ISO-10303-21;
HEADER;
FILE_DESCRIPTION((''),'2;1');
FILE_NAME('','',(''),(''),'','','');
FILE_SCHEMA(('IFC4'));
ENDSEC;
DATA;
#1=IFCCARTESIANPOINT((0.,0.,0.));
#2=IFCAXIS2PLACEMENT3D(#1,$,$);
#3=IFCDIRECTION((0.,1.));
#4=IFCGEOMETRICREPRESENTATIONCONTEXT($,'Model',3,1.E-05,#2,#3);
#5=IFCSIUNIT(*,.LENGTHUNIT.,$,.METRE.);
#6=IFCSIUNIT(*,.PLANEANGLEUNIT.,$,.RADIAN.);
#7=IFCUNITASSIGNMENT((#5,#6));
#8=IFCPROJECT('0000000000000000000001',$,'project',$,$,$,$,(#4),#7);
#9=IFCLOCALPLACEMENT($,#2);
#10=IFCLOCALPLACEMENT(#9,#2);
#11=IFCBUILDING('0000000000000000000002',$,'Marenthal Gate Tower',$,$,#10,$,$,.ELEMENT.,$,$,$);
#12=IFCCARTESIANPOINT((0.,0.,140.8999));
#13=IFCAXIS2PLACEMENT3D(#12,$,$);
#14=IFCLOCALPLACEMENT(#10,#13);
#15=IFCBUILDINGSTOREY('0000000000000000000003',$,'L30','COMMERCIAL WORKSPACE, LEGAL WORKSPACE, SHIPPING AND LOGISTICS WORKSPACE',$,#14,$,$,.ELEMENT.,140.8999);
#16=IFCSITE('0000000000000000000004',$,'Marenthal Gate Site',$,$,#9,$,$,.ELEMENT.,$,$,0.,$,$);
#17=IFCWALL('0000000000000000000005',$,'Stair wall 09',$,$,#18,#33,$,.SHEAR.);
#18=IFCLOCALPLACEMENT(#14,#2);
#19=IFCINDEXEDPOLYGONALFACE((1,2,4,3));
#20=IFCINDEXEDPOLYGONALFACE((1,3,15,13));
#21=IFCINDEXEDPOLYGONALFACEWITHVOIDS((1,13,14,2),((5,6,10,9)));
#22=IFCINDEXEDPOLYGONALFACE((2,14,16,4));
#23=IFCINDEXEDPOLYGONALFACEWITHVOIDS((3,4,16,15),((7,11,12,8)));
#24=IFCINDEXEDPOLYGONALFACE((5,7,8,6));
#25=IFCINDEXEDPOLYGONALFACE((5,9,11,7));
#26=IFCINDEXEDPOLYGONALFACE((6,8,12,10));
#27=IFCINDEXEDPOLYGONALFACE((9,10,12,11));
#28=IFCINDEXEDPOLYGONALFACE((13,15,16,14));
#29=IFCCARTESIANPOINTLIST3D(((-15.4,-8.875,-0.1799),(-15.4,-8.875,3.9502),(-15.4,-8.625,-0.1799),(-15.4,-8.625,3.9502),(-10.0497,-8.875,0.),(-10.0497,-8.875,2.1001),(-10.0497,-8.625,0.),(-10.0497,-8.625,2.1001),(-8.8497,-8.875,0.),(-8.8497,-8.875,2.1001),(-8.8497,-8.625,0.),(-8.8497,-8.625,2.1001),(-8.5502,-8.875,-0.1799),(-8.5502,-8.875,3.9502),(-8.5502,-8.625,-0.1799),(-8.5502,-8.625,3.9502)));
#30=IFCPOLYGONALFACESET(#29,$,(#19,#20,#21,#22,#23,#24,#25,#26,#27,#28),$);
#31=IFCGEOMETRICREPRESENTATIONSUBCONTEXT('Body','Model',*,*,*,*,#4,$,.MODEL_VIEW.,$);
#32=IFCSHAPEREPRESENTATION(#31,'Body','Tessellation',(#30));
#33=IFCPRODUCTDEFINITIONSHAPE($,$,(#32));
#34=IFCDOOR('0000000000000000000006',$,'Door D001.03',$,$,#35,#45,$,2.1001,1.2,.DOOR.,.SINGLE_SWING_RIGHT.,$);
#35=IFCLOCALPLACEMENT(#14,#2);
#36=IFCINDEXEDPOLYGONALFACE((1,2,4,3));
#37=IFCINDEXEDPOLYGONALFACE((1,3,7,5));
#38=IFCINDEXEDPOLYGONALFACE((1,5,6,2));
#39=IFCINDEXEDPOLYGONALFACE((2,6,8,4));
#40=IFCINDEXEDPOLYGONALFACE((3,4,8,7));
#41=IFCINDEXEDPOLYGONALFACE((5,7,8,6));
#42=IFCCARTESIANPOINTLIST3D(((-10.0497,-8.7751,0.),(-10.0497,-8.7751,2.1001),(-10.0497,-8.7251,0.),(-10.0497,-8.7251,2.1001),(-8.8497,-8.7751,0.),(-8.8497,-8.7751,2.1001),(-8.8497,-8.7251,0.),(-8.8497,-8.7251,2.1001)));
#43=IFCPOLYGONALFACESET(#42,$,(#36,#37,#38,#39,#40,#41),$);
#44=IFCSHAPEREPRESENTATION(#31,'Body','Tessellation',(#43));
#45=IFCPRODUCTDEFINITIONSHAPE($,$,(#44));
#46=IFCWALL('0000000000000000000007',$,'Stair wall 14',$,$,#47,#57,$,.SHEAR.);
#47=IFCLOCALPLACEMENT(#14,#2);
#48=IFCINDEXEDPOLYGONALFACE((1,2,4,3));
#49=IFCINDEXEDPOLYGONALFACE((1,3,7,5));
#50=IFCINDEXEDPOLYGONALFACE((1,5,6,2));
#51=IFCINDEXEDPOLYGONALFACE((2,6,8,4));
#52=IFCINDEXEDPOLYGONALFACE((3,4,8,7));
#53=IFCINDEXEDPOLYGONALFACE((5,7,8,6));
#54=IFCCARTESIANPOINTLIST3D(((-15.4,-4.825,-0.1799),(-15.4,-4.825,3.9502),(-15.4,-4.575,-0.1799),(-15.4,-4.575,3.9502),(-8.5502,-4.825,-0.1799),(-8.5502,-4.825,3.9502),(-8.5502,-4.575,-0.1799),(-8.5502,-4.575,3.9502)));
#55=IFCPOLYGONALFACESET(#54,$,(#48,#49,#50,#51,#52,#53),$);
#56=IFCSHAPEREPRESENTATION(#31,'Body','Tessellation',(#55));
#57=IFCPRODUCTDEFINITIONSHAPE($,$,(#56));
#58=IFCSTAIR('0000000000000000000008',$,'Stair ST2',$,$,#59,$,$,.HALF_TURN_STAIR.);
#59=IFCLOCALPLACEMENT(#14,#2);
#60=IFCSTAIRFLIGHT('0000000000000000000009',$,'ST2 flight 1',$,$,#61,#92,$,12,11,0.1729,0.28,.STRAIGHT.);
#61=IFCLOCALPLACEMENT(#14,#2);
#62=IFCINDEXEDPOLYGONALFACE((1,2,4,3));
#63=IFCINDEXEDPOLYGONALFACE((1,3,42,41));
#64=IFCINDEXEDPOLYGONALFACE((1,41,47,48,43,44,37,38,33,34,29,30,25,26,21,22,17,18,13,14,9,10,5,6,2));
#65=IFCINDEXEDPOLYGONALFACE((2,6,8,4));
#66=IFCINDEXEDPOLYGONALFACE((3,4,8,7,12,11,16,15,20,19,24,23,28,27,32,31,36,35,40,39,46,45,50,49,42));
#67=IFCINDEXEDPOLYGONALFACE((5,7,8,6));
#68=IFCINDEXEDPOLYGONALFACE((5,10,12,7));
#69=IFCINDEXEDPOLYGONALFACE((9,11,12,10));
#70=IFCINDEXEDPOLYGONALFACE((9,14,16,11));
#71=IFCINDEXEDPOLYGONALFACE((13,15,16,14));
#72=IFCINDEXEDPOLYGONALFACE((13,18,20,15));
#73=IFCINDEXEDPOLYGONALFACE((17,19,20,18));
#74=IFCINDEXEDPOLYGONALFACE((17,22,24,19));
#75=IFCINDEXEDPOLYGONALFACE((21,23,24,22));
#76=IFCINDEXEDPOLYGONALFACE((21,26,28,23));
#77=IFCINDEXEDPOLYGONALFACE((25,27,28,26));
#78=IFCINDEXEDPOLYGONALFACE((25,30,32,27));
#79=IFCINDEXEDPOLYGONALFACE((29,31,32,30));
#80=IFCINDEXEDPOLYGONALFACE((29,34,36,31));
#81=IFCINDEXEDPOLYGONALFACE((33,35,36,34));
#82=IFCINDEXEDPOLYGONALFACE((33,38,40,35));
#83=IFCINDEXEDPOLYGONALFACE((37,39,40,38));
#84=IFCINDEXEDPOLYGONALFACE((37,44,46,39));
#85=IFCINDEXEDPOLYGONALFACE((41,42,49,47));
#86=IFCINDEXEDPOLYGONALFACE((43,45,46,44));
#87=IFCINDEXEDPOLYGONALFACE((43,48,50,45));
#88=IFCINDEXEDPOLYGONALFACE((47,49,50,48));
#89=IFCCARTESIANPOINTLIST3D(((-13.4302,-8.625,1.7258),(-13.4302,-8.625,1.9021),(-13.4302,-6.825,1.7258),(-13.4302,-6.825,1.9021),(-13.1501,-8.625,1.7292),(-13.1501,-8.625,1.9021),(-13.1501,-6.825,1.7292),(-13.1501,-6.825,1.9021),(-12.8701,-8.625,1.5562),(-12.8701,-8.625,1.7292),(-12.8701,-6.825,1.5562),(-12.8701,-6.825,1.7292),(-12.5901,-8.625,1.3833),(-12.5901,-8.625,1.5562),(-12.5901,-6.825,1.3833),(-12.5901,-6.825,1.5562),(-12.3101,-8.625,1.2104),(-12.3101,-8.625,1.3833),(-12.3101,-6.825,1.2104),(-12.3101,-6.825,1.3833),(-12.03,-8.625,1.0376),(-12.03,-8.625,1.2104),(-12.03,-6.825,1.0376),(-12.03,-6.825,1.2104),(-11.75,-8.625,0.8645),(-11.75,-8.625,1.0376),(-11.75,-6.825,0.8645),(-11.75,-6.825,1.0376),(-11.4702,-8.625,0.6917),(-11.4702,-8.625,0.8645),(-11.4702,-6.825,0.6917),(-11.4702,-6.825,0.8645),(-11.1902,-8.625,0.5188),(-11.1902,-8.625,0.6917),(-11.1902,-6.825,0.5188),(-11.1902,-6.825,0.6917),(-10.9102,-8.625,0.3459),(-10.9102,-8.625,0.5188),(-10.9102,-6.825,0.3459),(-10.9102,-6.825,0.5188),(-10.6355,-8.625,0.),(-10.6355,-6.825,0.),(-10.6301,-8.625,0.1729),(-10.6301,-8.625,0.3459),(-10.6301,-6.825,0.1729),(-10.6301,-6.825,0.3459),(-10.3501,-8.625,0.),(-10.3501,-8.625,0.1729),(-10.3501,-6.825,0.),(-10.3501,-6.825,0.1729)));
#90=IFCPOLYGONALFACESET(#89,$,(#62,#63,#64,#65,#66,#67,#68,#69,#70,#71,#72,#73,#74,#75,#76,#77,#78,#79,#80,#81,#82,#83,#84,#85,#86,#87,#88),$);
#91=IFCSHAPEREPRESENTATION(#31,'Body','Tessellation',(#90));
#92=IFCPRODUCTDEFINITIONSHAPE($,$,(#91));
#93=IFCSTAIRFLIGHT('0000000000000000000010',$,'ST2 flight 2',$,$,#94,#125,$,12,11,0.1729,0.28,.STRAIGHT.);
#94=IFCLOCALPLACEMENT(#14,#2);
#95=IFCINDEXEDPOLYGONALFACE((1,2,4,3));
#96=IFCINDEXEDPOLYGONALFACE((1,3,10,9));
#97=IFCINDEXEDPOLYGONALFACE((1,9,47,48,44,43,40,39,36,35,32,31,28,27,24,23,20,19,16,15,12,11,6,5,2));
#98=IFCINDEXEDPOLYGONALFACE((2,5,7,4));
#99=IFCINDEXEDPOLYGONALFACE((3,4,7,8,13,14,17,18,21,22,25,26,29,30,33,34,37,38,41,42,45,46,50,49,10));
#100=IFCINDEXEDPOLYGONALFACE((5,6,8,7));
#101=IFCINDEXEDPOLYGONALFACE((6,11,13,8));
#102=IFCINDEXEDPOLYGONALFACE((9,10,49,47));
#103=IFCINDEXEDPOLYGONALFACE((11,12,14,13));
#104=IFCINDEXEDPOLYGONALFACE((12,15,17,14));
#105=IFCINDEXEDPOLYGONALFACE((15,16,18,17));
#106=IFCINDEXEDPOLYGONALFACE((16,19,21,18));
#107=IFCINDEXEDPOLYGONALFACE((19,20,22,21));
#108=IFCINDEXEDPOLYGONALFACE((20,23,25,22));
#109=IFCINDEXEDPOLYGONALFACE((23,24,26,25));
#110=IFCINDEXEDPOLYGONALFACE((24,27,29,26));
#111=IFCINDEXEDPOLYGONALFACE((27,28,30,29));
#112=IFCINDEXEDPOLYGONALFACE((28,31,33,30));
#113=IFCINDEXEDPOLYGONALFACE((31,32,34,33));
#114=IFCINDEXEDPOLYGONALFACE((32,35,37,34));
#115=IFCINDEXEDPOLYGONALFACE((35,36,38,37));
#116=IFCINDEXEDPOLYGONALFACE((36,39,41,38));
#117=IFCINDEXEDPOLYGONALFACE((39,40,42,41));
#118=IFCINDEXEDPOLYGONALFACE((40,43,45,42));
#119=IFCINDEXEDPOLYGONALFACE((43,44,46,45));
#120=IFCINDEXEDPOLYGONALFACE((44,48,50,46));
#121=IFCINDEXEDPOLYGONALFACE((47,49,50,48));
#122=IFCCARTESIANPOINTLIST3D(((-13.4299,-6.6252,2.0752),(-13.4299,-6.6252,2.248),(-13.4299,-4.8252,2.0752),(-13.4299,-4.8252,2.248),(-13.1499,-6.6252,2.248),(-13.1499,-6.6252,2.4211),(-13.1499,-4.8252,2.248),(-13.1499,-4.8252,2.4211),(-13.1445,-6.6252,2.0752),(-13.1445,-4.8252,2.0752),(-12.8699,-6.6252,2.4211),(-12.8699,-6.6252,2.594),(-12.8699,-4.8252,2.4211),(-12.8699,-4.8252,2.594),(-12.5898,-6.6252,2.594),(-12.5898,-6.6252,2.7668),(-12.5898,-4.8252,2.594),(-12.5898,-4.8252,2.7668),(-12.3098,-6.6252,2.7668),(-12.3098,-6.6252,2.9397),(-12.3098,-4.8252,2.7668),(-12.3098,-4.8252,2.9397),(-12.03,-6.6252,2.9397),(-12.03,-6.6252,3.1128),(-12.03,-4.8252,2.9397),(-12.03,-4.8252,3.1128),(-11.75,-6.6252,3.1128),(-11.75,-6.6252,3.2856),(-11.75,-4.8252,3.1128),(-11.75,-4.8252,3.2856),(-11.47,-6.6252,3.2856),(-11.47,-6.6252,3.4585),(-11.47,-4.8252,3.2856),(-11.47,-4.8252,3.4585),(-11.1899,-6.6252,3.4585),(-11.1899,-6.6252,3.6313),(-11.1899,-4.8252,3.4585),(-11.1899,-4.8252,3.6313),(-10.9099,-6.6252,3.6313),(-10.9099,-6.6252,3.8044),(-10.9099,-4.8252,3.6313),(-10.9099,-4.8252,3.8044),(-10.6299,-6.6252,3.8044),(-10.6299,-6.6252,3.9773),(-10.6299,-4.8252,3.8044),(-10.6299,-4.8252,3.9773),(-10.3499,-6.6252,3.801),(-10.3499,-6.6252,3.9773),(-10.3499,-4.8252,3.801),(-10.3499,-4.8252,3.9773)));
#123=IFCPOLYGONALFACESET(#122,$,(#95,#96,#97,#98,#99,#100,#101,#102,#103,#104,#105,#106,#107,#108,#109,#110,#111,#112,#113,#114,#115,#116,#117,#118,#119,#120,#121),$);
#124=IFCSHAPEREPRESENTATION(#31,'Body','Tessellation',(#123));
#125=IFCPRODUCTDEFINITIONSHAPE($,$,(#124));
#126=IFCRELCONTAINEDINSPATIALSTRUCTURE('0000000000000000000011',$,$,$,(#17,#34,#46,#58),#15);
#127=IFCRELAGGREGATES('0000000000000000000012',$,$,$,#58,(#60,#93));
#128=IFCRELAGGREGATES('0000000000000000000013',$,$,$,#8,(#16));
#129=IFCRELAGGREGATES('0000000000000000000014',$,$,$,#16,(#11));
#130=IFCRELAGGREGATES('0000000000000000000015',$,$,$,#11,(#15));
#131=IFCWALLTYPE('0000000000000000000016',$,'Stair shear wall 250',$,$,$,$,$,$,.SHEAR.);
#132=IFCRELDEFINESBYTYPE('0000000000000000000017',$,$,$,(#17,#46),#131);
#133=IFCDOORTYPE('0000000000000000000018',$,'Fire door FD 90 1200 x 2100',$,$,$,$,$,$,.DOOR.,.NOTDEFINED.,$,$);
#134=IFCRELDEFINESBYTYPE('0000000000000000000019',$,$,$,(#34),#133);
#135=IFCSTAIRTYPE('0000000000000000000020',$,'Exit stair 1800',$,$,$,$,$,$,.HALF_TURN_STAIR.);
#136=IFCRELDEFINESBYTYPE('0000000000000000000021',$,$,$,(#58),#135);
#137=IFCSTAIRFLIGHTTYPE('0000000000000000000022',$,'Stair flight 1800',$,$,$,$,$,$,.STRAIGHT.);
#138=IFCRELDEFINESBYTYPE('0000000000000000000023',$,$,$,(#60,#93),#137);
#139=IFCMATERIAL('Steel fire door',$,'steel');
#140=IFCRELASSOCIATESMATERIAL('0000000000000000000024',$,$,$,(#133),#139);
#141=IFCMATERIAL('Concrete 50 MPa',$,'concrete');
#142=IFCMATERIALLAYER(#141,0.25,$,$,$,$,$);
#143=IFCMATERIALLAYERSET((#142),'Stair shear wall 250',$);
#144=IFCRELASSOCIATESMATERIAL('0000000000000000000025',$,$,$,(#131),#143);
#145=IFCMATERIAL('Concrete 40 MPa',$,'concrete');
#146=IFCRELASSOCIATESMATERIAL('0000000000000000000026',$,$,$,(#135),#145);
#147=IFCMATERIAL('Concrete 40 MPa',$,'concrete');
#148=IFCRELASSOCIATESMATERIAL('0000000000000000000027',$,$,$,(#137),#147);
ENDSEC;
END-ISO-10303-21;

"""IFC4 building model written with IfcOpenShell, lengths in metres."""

from ifc_helpers import new_model, si_unit, direction, frame, frame_2d, origin, place, context, subcontext, project, spatial, polyline, rectangle, outline, extrude, material, layer, layer_set, type_object, element, fill, aggregate, save


model = new_model("IFC4")

# Units and contexts
model_context = context("Model", 3, precision=1e-05, world=origin(), true_north=direction((0.0, 1.0)))
body_context = subcontext(model_context, "Body", "Model", "MODEL_VIEW")
ifc_project = project(units=[si_unit("LENGTHUNIT", "METRE"), si_unit("PLANEANGLEUNIT", "RADIAN")], contexts=[model_context])

# Site, building, storey
site_placement = place(None, origin())
site = spatial("IfcSite", under=ifc_project, at=site_placement, Name="Marenthal Gate Site", CompositionType="ELEMENT", RefElevation=0.0)
building_placement = place(site_placement, origin())
building = spatial("IfcBuilding", under=site, at=building_placement, Name="Marenthal Gate Tower", CompositionType="ELEMENT")
storey_placement = place(building_placement, frame((0.0, 0.0, 140.8999)))
storey = spatial("IfcBuildingStorey", under=building, at=storey_placement, Name="L30", Description="COMMERCIAL WORKSPACE, LEGAL WORKSPACE, SHIPPING AND LOGISTICS WORKSPACE", CompositionType="ELEMENT", Elevation=140.8999)

# Shared definitions
ifc_material_1 = material(Name="Steel fire door", Category="steel")
door_type_1 = type_object("IfcDoorType", Name="Fire door FD 90 1200 x 2100", OperationType="NOTDEFINED", PredefinedType="DOOR", material=ifc_material_1)

# Wall, opening, door
ifc_material_2 = material(Name="Concrete 50 MPa", Category="concrete")
ifc_layer_1 = layer(ifc_material_2, 0.25)
ifc_layer_set_1 = layer_set([ifc_layer_1], Name="Stair shear wall 250")
wall_type_1 = type_object("IfcWallType", Name="Stair shear wall 250", PredefinedType="SHEAR", material=ifc_layer_set_1)
wall_1_placement = place(storey_placement, frame((-15.3999, -8.75, -0.1799), z_axis=(0.0, 0.0, 1.0), x_axis=(1.0, 0.0, 0.0)))
wall_1 = element("IfcWall", 1, at=wall_1_placement, inside=storey, type_object=wall_type_1, Name="Stair wall 09", PredefinedType="SHEAR", context=body_context, shape_type="SweptSolid", body=[
    extrude(rectangle(XDim=6.8499, YDim=0.25, at=frame_2d((3.4248, 0.0))), origin(), (0.0, 0.0, 1.0), 4.1301),
])
opening_1_placement = place(wall_1_placement, frame((5.3501, 0.0, 0.1799)))
opening_1 = element("IfcOpeningElement", 2, at=opening_1_placement, cuts=wall_1, PredefinedType="OPENING", context=body_context, shape_type="SweptSolid", body=[
    extrude(rectangle(XDim=1.2, YDim=2.1001, at=frame_2d((0.6001, 1.05))), frame((0.0, 0.135, 0.0), z_axis=(0.0, -1.0, 0.0), x_axis=(1.0, 0.0, 0.0)), (0.0, 0.0, 1.0), 0.27),
])
door_1_placement = place(opening_1_placement, origin())
door_1 = element("IfcDoor", 3, at=door_1_placement, inside=storey, type_object=door_type_1, Name="Door D001.03", OperationType="SINGLE_SWING_RIGHT", OverallHeight=2.1001, OverallWidth=1.2, PredefinedType="DOOR", context=body_context, shape_type="SweptSolid", body=[
    extrude(rectangle(XDim=1.2, YDim=2.1001, at=frame_2d((0.6001, 1.05))), frame((0.0, 0.0249, 0.0), z_axis=(0.0, -1.0, 0.0), x_axis=(1.0, 0.0, 0.0)), (0.0, 0.0, 1.0), 0.05),
])
fill(opening_1, door_1)

# Wall
wall_2_placement = place(storey_placement, frame((-15.3999, -4.7, -0.1799), z_axis=(0.0, 0.0, 1.0), x_axis=(1.0, 0.0, 0.0)))
element("IfcWall", 4, at=wall_2_placement, inside=storey, type_object=wall_type_1, Name="Stair wall 14", PredefinedType="SHEAR", context=body_context, shape_type="SweptSolid", body=[
    extrude(rectangle(XDim=6.8499, YDim=0.25, at=frame_2d((3.4248, 0.0))), origin(), (0.0, 0.0, 1.0), 4.1301),
])

# Stair, stair flights
ifc_material_3 = material(Name="Concrete 40 MPa", Category="concrete")
stair_type = type_object("IfcStairType", Name="Exit stair 1800", PredefinedType="HALF_TURN_STAIR", material=ifc_material_3)
stair_placement = place(storey_placement, origin())
stair = element("IfcStair", 5, at=stair_placement, inside=storey, type_object=stair_type, Name="Stair ST2", PredefinedType="HALF_TURN_STAIR")
ifc_material_4 = material(Name="Concrete 40 MPa", Category="concrete")
stair_flight_type = type_object("IfcStairFlightType", Name="Stair flight 1800", PredefinedType="STRAIGHT", material=ifc_material_4)
stair_flight_1_placement = place(storey_placement, frame((-10.3501, -7.7251, 0.0), z_axis=(0.0, 0.0, 1.0), x_axis=(-1.0, 0.0, 0.0)))
stair_flight_1 = element("IfcStairFlight", 6, at=stair_flight_1_placement, type_object=stair_flight_type, Name="ST2 flight 1", NumberOfRisers=12, NumberOfTreads=11, PredefinedType="STRAIGHT", RiserHeight=0.1729, TreadLength=0.28, context=body_context, shape_type="SweptSolid", body=[
    extrude(outline(polyline([(0.0, 0.0), (0.0, 0.1729), (0.28, 0.1729), (0.28, 0.3459), (0.5601, 0.3459), (0.5601, 0.5188), (0.8401, 0.5188), (0.8401, 0.6917), (1.1201, 0.6917), (1.1201, 0.8645), (1.3999, 0.8645), (1.3999, 1.0376), (1.6799, 1.0376), (1.6799, 1.2104), (1.96, 1.2104), (1.96, 1.3833), (2.24, 1.3833), (2.24, 1.5562), (2.52, 1.5562), (2.52, 1.7292), (2.8, 1.7292), (2.8, 1.9021), (3.0801, 1.9021), (3.0801, 2.075), (3.0801, 1.7258), (0.2854, 0.0), (0.0, 0.0)])), frame((0.0, 0.8999, 0.0), z_axis=(0.0, -1.0, 0.0), x_axis=(1.0, 0.0, 0.0)), (0.0, 0.0, 1.0), 1.8),
])
stair_flight_2_placement = place(storey_placement, frame((-13.4299, -5.7251, 2.0752), z_axis=(0.0, 0.0, 1.0), x_axis=(1.0, 0.0, 0.0)))
stair_flight_2 = element("IfcStairFlight", 7, at=stair_flight_2_placement, type_object=stair_flight_type, Name="ST2 flight 2", NumberOfRisers=12, NumberOfTreads=11, PredefinedType="STRAIGHT", RiserHeight=0.1729, TreadLength=0.28, context=body_context, shape_type="SweptSolid", body=[
    extrude(outline(polyline([(0.0, 0.0), (0.0, 0.1729), (0.28, 0.1729), (0.28, 0.3459), (0.5601, 0.3459), (0.5601, 0.5188), (0.8401, 0.5188), (0.8401, 0.6917), (1.1201, 0.6917), (1.1201, 0.8645), (1.3999, 0.8645), (1.3999, 1.0376), (1.6799, 1.0376), (1.6799, 1.2104), (1.96, 1.2104), (1.96, 1.3833), (2.24, 1.3833), (2.24, 1.5562), (2.52, 1.5562), (2.52, 1.7292), (2.8, 1.7292), (2.8, 1.9021), (3.0801, 1.9021), (3.0801, 2.075), (3.0801, 1.7258), (0.2854, 0.0), (0.0, 0.0)])), frame((0.0, 0.8999, 0.0), z_axis=(0.0, -1.0, 0.0), x_axis=(1.0, 0.0, 0.0)), (0.0, 0.0, 1.0), 1.8),
])
aggregate(stair, [stair_flight_1, stair_flight_2])

save(model, "model.ifc")
